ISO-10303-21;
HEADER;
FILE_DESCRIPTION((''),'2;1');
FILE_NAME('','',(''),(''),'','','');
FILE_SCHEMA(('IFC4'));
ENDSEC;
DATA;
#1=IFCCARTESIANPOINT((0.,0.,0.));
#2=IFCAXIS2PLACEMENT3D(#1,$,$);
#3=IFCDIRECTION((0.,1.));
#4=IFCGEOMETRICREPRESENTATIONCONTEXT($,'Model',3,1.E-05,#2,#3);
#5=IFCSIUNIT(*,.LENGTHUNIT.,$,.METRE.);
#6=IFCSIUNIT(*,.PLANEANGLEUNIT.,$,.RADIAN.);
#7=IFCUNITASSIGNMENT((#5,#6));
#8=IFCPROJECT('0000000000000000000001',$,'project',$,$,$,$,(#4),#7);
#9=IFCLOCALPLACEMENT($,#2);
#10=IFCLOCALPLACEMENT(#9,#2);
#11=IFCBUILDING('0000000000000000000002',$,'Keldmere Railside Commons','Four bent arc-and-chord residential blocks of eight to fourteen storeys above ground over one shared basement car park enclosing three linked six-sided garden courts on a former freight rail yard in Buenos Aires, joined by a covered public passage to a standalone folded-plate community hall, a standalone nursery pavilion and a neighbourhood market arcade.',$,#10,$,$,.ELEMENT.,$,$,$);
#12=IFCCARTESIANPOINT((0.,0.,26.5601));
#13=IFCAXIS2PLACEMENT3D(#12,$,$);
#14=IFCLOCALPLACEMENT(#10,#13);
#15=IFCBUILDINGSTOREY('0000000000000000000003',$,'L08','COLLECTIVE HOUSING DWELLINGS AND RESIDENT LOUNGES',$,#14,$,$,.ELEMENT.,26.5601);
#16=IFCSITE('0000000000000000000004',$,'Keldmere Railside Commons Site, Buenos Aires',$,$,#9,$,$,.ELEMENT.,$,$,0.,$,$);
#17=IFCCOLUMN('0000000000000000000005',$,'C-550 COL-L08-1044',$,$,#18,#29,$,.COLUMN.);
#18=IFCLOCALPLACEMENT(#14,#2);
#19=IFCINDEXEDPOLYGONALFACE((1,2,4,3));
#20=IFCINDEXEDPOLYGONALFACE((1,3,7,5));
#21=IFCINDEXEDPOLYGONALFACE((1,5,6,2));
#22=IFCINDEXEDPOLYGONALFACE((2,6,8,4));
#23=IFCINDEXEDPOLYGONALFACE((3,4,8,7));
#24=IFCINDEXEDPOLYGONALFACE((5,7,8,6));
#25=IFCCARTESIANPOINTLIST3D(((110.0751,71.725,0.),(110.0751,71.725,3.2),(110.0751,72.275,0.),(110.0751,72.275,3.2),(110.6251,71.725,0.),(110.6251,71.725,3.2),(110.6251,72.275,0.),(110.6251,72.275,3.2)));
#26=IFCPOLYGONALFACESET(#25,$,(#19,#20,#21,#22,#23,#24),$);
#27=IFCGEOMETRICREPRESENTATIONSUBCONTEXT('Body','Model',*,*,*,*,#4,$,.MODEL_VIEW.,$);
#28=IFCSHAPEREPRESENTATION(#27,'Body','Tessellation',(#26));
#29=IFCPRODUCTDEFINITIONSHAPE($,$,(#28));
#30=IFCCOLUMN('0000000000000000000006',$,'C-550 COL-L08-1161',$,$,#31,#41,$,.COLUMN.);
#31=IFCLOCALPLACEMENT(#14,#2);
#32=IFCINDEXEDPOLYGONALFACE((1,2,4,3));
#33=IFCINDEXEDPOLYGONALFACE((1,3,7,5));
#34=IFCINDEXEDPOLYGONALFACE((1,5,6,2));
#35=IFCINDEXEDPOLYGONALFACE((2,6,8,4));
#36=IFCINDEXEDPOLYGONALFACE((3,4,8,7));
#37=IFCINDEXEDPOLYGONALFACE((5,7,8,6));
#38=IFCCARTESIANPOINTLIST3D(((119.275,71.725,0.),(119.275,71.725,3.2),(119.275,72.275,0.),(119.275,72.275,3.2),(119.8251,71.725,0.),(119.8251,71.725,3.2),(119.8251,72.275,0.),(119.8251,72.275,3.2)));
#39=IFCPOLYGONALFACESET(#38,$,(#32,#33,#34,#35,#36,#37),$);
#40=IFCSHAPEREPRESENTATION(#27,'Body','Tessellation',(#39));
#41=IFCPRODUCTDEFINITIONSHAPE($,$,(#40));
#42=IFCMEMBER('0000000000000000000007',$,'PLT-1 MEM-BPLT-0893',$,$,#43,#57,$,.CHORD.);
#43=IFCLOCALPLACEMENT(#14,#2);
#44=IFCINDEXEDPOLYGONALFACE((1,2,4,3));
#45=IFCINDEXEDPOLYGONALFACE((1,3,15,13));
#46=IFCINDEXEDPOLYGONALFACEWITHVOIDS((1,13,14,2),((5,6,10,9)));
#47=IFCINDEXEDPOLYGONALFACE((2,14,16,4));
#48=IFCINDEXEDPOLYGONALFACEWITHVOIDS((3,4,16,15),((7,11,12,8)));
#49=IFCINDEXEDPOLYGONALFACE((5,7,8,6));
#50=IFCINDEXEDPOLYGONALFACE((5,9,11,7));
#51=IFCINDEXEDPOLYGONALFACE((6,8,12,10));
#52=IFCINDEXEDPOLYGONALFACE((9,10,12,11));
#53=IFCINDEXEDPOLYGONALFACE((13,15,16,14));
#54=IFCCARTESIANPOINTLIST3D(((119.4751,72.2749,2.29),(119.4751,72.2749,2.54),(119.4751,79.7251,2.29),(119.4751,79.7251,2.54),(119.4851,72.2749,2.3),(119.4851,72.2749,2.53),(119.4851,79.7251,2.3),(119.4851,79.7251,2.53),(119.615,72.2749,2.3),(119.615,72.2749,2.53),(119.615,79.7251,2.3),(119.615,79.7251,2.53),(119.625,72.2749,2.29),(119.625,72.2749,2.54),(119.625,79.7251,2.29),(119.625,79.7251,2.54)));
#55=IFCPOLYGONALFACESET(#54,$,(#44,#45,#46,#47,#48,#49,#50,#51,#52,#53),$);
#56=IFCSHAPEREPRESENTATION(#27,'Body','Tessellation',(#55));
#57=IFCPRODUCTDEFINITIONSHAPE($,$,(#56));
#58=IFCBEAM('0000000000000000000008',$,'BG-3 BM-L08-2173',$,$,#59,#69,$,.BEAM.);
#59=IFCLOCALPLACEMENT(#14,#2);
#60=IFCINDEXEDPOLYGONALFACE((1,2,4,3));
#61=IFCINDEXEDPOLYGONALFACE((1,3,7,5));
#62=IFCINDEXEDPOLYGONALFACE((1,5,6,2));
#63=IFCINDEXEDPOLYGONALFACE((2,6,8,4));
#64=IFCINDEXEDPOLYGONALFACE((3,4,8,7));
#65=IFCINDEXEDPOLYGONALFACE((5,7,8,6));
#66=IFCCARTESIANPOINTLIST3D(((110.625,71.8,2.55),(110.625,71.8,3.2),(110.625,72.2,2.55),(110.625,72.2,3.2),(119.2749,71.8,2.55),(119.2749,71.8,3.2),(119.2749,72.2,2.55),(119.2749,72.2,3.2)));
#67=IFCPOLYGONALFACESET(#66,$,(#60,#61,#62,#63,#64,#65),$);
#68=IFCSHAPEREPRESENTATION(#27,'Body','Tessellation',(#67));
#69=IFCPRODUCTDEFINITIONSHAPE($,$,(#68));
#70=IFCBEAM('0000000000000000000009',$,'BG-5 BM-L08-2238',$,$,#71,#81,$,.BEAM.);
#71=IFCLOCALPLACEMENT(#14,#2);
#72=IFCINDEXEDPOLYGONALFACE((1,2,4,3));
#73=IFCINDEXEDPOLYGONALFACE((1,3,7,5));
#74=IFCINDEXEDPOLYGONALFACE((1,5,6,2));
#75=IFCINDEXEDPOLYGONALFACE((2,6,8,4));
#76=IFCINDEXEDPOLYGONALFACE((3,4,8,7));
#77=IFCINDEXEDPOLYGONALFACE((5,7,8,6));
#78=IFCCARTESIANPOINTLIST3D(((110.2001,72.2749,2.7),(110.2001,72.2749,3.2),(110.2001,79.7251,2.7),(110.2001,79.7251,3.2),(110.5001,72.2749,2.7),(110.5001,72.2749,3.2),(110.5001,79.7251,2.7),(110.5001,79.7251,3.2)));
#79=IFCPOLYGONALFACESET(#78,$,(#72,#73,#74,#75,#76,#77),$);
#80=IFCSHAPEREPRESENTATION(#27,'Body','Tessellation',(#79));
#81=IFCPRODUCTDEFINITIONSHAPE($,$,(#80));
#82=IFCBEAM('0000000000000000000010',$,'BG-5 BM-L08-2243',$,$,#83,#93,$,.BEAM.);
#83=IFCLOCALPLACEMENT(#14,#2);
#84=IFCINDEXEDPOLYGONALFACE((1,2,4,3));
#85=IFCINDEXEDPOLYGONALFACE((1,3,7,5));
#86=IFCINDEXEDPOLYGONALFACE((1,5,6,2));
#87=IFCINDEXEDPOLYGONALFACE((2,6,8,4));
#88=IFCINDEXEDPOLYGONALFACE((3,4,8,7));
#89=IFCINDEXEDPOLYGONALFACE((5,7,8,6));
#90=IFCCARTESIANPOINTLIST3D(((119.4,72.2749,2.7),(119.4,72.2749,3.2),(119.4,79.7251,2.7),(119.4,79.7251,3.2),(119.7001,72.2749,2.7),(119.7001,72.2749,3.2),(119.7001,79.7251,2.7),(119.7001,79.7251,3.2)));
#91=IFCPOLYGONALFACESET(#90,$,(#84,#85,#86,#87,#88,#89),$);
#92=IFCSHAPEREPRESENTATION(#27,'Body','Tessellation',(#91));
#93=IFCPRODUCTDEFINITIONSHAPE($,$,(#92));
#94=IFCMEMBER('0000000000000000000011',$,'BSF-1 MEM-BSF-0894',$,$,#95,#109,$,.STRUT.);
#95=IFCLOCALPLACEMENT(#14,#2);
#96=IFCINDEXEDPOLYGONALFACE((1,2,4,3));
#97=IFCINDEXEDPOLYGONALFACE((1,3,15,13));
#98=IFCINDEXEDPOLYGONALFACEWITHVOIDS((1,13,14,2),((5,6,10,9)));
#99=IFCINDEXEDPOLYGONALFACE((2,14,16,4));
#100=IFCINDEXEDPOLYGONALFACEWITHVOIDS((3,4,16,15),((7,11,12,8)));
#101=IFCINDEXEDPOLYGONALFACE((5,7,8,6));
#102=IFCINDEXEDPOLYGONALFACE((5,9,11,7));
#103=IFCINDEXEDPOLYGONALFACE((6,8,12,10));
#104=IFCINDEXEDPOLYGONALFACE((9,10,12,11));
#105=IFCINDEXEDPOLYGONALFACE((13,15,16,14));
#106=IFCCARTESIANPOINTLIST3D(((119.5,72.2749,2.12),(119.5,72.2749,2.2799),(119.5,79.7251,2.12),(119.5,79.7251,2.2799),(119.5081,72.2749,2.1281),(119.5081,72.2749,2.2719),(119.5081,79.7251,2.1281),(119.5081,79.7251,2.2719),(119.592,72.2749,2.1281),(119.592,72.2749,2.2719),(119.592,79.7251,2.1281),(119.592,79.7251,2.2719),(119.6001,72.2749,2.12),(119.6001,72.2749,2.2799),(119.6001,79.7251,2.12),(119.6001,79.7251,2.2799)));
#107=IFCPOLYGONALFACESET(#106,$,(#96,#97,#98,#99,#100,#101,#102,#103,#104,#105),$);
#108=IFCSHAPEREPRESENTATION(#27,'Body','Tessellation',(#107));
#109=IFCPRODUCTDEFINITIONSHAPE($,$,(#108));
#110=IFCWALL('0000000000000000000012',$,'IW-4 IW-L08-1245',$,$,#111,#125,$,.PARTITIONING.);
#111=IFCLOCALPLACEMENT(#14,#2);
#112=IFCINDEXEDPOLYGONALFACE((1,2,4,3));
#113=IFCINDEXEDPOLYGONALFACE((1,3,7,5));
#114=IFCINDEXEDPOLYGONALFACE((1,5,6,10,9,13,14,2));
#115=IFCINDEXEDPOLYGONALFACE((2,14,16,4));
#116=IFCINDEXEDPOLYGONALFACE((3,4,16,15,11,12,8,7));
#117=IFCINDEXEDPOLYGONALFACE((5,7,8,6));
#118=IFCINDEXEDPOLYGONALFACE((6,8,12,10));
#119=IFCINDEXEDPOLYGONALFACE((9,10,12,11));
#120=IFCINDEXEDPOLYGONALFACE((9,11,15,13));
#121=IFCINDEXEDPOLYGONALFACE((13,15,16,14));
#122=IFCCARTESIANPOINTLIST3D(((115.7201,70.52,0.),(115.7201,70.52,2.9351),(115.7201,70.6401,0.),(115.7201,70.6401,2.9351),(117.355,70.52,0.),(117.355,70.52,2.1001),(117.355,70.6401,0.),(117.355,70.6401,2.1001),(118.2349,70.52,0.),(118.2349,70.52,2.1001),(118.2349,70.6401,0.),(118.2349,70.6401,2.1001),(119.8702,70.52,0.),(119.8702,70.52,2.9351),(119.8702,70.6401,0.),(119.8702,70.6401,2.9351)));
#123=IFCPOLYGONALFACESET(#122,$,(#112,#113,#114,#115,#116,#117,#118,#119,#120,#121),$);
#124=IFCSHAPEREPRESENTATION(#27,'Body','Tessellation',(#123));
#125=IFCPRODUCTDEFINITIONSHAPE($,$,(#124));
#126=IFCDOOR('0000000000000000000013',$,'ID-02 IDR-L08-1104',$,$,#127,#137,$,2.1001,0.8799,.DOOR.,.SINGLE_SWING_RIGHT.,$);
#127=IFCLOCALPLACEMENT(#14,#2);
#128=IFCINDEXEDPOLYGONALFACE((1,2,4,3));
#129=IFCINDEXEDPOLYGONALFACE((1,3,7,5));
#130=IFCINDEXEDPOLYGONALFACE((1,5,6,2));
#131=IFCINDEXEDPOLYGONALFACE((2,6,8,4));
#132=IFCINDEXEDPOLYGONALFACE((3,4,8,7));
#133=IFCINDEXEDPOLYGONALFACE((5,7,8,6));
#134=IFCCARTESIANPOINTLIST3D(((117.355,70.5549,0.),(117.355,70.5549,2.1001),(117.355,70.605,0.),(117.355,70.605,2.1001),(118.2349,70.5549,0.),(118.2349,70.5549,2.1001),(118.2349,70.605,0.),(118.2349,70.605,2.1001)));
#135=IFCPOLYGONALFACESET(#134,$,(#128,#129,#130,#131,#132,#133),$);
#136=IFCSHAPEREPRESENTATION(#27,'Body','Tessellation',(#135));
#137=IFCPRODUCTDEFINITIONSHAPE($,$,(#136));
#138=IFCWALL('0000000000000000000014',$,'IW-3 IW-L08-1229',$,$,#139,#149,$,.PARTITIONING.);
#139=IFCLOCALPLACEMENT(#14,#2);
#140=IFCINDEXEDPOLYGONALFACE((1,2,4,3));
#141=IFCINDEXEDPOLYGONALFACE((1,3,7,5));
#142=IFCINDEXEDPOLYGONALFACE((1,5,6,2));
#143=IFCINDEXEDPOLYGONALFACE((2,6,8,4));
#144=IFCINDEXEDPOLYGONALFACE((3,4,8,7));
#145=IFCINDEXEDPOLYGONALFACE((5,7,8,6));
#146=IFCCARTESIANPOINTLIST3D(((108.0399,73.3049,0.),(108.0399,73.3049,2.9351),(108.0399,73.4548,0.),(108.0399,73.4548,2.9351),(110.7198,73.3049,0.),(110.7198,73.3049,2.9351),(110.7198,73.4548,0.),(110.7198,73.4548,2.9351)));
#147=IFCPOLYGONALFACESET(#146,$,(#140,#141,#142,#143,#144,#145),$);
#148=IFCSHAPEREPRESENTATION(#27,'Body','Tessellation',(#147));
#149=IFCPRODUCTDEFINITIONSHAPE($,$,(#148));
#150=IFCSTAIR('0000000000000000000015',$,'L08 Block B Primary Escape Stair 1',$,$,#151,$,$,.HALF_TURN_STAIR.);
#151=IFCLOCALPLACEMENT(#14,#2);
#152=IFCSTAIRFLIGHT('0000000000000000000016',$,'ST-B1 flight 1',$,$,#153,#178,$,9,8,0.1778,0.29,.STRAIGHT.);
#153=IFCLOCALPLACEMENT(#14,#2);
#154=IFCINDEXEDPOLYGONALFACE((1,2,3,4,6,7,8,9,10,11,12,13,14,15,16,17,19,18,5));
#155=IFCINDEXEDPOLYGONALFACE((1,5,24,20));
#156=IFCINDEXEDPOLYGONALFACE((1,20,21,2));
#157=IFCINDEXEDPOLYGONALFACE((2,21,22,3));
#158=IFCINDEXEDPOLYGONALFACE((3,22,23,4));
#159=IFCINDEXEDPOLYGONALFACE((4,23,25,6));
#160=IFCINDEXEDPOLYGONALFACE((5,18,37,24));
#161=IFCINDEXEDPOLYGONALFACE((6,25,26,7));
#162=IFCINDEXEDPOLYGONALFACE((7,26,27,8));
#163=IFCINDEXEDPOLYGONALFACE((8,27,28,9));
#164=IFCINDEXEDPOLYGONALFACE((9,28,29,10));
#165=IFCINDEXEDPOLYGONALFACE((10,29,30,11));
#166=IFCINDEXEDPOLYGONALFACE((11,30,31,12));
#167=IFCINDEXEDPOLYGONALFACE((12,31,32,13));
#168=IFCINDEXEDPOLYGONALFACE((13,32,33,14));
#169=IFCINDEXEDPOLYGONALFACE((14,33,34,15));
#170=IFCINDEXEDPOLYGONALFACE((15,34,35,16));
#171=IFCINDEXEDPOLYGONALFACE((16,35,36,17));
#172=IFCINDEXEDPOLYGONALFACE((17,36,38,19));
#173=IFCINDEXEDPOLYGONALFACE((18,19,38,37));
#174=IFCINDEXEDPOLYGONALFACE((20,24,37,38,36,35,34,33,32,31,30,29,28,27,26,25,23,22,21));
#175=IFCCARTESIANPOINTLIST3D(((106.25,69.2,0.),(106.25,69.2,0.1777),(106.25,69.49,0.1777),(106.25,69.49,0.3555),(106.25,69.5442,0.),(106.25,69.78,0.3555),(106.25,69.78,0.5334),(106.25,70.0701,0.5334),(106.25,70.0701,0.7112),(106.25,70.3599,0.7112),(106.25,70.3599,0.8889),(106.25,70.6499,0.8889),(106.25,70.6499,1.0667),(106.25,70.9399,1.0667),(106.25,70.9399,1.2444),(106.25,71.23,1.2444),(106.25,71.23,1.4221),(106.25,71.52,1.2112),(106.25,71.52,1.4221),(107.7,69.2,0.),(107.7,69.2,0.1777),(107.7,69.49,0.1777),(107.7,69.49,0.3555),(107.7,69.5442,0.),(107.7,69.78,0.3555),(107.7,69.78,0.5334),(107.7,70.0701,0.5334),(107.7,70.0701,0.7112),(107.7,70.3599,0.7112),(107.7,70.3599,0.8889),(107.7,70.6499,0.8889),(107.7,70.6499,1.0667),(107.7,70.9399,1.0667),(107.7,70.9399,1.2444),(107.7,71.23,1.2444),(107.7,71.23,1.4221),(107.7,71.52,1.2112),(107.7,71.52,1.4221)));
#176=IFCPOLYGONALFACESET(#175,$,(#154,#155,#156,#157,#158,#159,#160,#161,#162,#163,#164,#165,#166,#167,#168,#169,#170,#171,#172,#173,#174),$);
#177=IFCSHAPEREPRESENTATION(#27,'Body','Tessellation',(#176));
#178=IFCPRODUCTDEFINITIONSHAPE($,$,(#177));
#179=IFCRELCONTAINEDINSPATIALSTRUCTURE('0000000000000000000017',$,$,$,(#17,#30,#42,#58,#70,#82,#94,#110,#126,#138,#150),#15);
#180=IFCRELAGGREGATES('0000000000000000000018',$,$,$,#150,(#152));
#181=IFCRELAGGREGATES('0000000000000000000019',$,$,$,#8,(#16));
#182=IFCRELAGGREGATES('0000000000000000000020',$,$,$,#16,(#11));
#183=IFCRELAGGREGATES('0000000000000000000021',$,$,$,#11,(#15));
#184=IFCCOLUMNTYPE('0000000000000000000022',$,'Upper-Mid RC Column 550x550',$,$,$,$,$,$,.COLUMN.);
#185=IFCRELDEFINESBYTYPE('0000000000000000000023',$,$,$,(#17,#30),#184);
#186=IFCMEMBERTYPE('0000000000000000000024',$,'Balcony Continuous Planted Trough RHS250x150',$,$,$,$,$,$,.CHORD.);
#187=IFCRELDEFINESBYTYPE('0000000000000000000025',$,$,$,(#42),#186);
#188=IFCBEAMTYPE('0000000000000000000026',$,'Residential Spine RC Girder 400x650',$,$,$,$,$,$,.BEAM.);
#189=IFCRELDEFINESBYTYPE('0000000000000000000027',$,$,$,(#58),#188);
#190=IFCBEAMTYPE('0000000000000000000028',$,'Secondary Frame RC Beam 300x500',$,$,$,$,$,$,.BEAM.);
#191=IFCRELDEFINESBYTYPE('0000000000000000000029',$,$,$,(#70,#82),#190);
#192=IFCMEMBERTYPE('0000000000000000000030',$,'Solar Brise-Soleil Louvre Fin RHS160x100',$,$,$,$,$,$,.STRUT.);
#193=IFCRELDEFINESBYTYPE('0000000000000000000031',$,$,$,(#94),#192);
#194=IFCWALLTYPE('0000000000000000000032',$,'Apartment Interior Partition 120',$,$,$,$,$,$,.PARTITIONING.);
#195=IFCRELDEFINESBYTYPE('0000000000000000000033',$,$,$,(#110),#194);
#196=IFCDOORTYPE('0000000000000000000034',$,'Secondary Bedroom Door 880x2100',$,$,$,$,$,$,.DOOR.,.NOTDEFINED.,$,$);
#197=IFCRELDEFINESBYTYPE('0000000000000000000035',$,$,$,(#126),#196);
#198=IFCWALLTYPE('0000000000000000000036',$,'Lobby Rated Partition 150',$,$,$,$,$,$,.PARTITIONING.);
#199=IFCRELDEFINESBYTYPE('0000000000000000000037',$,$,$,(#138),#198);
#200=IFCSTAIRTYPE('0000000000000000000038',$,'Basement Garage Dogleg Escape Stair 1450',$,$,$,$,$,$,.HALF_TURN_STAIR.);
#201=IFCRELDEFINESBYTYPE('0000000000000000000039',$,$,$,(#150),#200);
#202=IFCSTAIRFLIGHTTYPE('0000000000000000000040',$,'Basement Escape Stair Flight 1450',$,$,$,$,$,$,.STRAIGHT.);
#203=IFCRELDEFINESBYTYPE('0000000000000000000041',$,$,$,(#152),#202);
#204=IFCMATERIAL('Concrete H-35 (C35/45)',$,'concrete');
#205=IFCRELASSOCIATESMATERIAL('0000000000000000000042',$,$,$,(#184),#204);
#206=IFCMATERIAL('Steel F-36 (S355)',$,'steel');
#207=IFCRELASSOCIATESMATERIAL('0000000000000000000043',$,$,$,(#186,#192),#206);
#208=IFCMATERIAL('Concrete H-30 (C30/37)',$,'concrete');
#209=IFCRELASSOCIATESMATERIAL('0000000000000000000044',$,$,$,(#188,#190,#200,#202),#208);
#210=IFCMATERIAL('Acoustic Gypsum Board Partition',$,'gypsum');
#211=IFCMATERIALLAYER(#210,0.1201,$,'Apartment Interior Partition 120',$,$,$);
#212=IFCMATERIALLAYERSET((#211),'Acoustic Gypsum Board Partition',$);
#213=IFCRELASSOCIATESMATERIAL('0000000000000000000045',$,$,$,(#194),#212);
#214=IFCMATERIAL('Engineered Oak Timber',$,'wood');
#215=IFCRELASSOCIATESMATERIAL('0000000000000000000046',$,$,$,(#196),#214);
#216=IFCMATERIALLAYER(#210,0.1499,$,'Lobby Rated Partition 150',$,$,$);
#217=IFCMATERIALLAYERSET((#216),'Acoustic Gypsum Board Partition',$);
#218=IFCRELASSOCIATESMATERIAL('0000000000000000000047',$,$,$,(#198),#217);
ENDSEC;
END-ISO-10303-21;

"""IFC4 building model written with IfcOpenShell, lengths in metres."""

from ifc_helpers import new_model, si_unit, direction, frame, frame_2d, origin, origin_2d, place, context, subcontext, project, spatial, polyline, rectangle, hollow_rectangle, outline, extrude, material, layer, layer_set, material_profile, profile_set, type_object, element, fill, aggregate, save


model = new_model("IFC4")

# Units and contexts
model_context = context("Model", 3, precision=1e-05, world=origin(), true_north=direction((0.0, 1.0)))
body_context = subcontext(model_context, "Body", "Model", "MODEL_VIEW")
ifc_project = project(units=[si_unit("LENGTHUNIT", "METRE"), si_unit("PLANEANGLEUNIT", "RADIAN")], contexts=[model_context])

# Site, building, storey
site_placement = place(None, origin())
site = spatial("IfcSite", under=ifc_project, at=site_placement, Name="Keldmere Railside Commons Site, Buenos Aires", CompositionType="ELEMENT", RefElevation=0.0)
building_placement = place(site_placement, origin())
building = spatial("IfcBuilding", under=site, at=building_placement, Name="Keldmere Railside Commons", Description="Four bent arc-and-chord residential blocks of eight to fourteen storeys above ground over one shared basement car park enclosing three linked six-sided garden courts on a former freight rail yard in Buenos Aires, joined by a covered public passage to a standalone folded-plate community hall, a standalone nursery pavilion and a neighbourhood market arcade.", CompositionType="ELEMENT")
storey_placement = place(building_placement, frame((0.0, 0.0, 26.5601)))
storey = spatial("IfcBuildingStorey", under=building, at=storey_placement, Name="L08", Description="COLLECTIVE HOUSING DWELLINGS AND RESIDENT LOUNGES", CompositionType="ELEMENT", Elevation=26.5601)

# Columns
ifc_material_1 = material(Name="Concrete H-35 (C35/45)", Category="concrete")
ifc_material_profile_1 = material_profile(ifc_material_1, rectangle(XDim=0.55, YDim=0.55, at=origin_2d()), Name="RC-550x550")
ifc_profile_set_1 = profile_set([ifc_material_profile_1], Name="Concrete H-35 (C35/45)")
column_type = type_object("IfcColumnType", Name="Upper-Mid RC Column 550x550", PredefinedType="COLUMN", material=ifc_profile_set_1)
for number, where, z_axis, x_axis, name in (
    (1, (110.3501, 72.0, 0.0), (0.0, 0.0, 1.0), (1.0, 0.0, 0.0), "C-550 COL-L08-1044"),
    (2, (119.55, 72.0, 0.0), (0.0, 0.0, 1.0), (1.0, 0.0, 0.0), "C-550 COL-L08-1161"),
):
    element("IfcColumn", number, at=place(storey_placement, frame(where, z_axis=z_axis, x_axis=x_axis)), inside=storey, type_object=column_type, Name=name, PredefinedType="COLUMN", context=body_context, shape_type="SweptSolid", body=[
        extrude(rectangle(XDim=0.55, YDim=0.55, at=origin_2d()), origin(), (0.0, 0.0, 1.0), 3.2),
    ])

# Member
ifc_material_2 = material(Name="Steel F-36 (S355)", Category="steel")
ifc_material_profile_2 = material_profile(ifc_material_2, hollow_rectangle(XDim=0.1499, YDim=0.25, WallThickness=0.01, at=origin_2d()), Name="RHS-250x150x10")
ifc_profile_set_2 = profile_set([ifc_material_profile_2], Name="Steel F-36 (S355)")
member_type_1 = type_object("IfcMemberType", Name="Balcony Continuous Planted Trough RHS250x150", PredefinedType="CHORD", material=ifc_profile_set_2)
member_1_placement = place(storey_placement, frame((119.55, 72.2749, 2.415), z_axis=(0.0, 1.0, 0.0), x_axis=(-1.0, 0.0, 0.0)))
element("IfcMember", 3, at=member_1_placement, inside=storey, type_object=member_type_1, Name="PLT-1 MEM-BPLT-0893", PredefinedType="CHORD", context=body_context, shape_type="SweptSolid", body=[
    extrude(hollow_rectangle(XDim=0.1499, YDim=0.25, WallThickness=0.01, at=origin_2d()), origin(), (0.0, 0.0, 1.0), 7.4502),
])

# Beams
ifc_material_3 = material(Name="Concrete H-30 (C30/37)", Category="concrete")
ifc_material_profile_3 = material_profile(ifc_material_3, rectangle(XDim=0.3999, YDim=0.6499, at=origin_2d()), Name="RC-400x650")
ifc_profile_set_3 = profile_set([ifc_material_profile_3], Name="Concrete H-30 (C30/37)")
beam_type_1 = type_object("IfcBeamType", Name="Residential Spine RC Girder 400x650", PredefinedType="BEAM", material=ifc_profile_set_3)
beam_placement = place(storey_placement, frame((110.625, 72.0, 2.875), z_axis=(1.0, 0.0, 0.0), x_axis=(0.0, 1.0, 0.0)))
element("IfcBeam", 4, at=beam_placement, inside=storey, type_object=beam_type_1, Name="BG-3 BM-L08-2173", PredefinedType="BEAM", context=body_context, shape_type="SweptSolid", body=[
    extrude(rectangle(XDim=0.3999, YDim=0.6499, at=origin_2d()), origin(), (0.0, 0.0, 1.0), 8.6499),
])
ifc_material_profile_4 = material_profile(ifc_material_3, rectangle(XDim=0.3, YDim=0.5, at=origin_2d()), Name="RC-300x500")
ifc_profile_set_4 = profile_set([ifc_material_profile_4], Name="Concrete H-30 (C30/37)")
beam_type_2 = type_object("IfcBeamType", Name="Secondary Frame RC Beam 300x500", PredefinedType="BEAM", material=ifc_profile_set_4)
for number, where, z_axis, x_axis, name in (
    (5, (110.3501, 72.2749, 2.95), (0.0, 1.0, 0.0), (-1.0, 0.0, 0.0), "BG-5 BM-L08-2238"),
    (6, (119.55, 72.2749, 2.95), (0.0, 1.0, 0.0), (-1.0, 0.0, 0.0), "BG-5 BM-L08-2243"),
):
    element("IfcBeam", number, at=place(storey_placement, frame(where, z_axis=z_axis, x_axis=x_axis)), inside=storey, type_object=beam_type_2, Name=name, PredefinedType="BEAM", context=body_context, shape_type="SweptSolid", body=[
        extrude(rectangle(XDim=0.3, YDim=0.5, at=origin_2d()), origin(), (0.0, 0.0, 1.0), 7.4502),
    ])

# Member
ifc_material_profile_5 = material_profile(ifc_material_2, hollow_rectangle(XDim=0.1001, YDim=0.1599, WallThickness=0.0081, at=origin_2d()), Name="RHS-160x100x8")
ifc_profile_set_5 = profile_set([ifc_material_profile_5], Name="Steel F-36 (S355)")
member_type_2 = type_object("IfcMemberType", Name="Solar Brise-Soleil Louvre Fin RHS160x100", PredefinedType="STRUT", material=ifc_profile_set_5)
member_2_placement = place(storey_placement, frame((119.55, 72.2749, 2.2), z_axis=(0.0, 1.0, 0.0), x_axis=(-1.0, 0.0, 0.0)))
element("IfcMember", 7, at=member_2_placement, inside=storey, type_object=member_type_2, Name="BSF-1 MEM-BSF-0894", PredefinedType="STRUT", context=body_context, shape_type="SweptSolid", body=[
    extrude(hollow_rectangle(XDim=0.1001, YDim=0.1599, WallThickness=0.0081, at=origin_2d()), origin(), (0.0, 0.0, 1.0), 7.4502),
])

# Wall, opening, door
ifc_material_4 = material(Name="Acoustic Gypsum Board Partition", Category="gypsum")
ifc_layer_1 = layer(ifc_material_4, 0.1201, Name="Apartment Interior Partition 120")
ifc_layer_set_1 = layer_set([ifc_layer_1], Name="Acoustic Gypsum Board Partition")
wall_type_1 = type_object("IfcWallType", Name="Apartment Interior Partition 120", PredefinedType="PARTITIONING", material=ifc_layer_set_1)
wall_1_placement = place(storey_placement, frame((115.72, 70.5801, 0.0), z_axis=(0.0, 0.0, 1.0), x_axis=(1.0, 0.0, 0.0)))
wall_1 = element("IfcWall", 8, at=wall_1_placement, inside=storey, type_object=wall_type_1, Name="IW-4 IW-L08-1245", PredefinedType="PARTITIONING", context=body_context, shape_type="SweptSolid", body=[
    extrude(rectangle(XDim=4.1501, YDim=0.1201, at=frame_2d((2.0752, 0.0))), origin(), (0.0, 0.0, 1.0), 2.9351),
])
opening_1_placement = place(wall_1_placement, frame((1.635, 0.0, 0.0)))
opening_1 = element("IfcOpeningElement", 9, at=opening_1_placement, cuts=wall_1, PredefinedType="OPENING", context=body_context, shape_type="SweptSolid", body=[
    extrude(rectangle(XDim=0.8799, YDim=2.1001, at=frame_2d((0.4399, 1.05))), frame((0.0, 0.0701, 0.0), z_axis=(0.0, -1.0, 0.0), x_axis=(1.0, 0.0, 0.0)), (0.0, 0.0, 1.0), 0.1401),
])
ifc_material_5 = material(Name="Engineered Oak Timber", Category="wood")
door_type_1 = type_object("IfcDoorType", Name="Secondary Bedroom Door 880x2100", OperationType="NOTDEFINED", PredefinedType="DOOR", material=ifc_material_5)
door_1_placement = place(opening_1_placement, origin())
door_1 = element("IfcDoor", 10, at=door_1_placement, inside=storey, type_object=door_type_1, Name="ID-02 IDR-L08-1104", OperationType="SINGLE_SWING_RIGHT", OverallHeight=2.1001, OverallWidth=0.8799, PredefinedType="DOOR", context=body_context, shape_type="SweptSolid", body=[
    extrude(rectangle(XDim=0.8799, YDim=2.1001, at=frame_2d((0.4399, 1.05))), frame((0.0, 0.0249, 0.0), z_axis=(0.0, -1.0, 0.0), x_axis=(1.0, 0.0, 0.0)), (0.0, 0.0, 1.0), 0.05),
])
fill(opening_1, door_1)

# Wall
ifc_layer_2 = layer(ifc_material_4, 0.1499, Name="Lobby Rated Partition 150")
ifc_layer_set_2 = layer_set([ifc_layer_2], Name="Acoustic Gypsum Board Partition")
wall_type_2 = type_object("IfcWallType", Name="Lobby Rated Partition 150", PredefinedType="PARTITIONING", material=ifc_layer_set_2)
wall_2_placement = place(storey_placement, frame((108.04, 73.3799, 0.0), z_axis=(0.0, 0.0, 1.0), x_axis=(1.0, 0.0, 0.0)))
element("IfcWall", 11, at=wall_2_placement, inside=storey, type_object=wall_type_2, Name="IW-3 IW-L08-1229", PredefinedType="PARTITIONING", context=body_context, shape_type="SweptSolid", body=[
    extrude(rectangle(XDim=2.6799, YDim=0.1499, at=frame_2d((1.3398, 0.0))), origin(), (0.0, 0.0, 1.0), 2.9351),
])

# Stair, stair flight
stair_type = type_object("IfcStairType", Name="Basement Garage Dogleg Escape Stair 1450", PredefinedType="HALF_TURN_STAIR", material=ifc_material_3)
stair_placement = place(storey_placement, origin())
stair = element("IfcStair", 12, at=stair_placement, inside=storey, type_object=stair_type, Name="L08 Block B Primary Escape Stair 1", PredefinedType="HALF_TURN_STAIR")
stair_flight_type = type_object("IfcStairFlightType", Name="Basement Escape Stair Flight 1450", PredefinedType="STRAIGHT", material=ifc_material_3)
stair_flight_placement = place(storey_placement, frame((106.9751, 69.2, 0.0), z_axis=(0.0, 0.0, 1.0), x_axis=(0.0, 1.0, 0.0)))
stair_flight = element("IfcStairFlight", 13, at=stair_flight_placement, type_object=stair_flight_type, Name="ST-B1 flight 1", NumberOfRisers=9, NumberOfTreads=8, PredefinedType="STRAIGHT", RiserHeight=0.1778, TreadLength=0.29, context=body_context, shape_type="SweptSolid", body=[
    extrude(outline(polyline([(0.0, 0.0), (0.0, 0.1777), (0.29, 0.1777), (0.29, 0.3555), (0.5801, 0.3555), (0.5801, 0.5334), (0.8701, 0.5334), (0.8701, 0.7112), (1.1599, 0.7112), (1.1599, 0.8889), (1.45, 0.8889), (1.45, 1.0667), (1.74, 1.0667), (1.74, 1.2444), (2.03, 1.2444), (2.03, 1.4221), (2.3201, 1.4221), (2.3201, 1.6001), (2.3201, 1.2112), (0.3442, 0.0), (0.0, 0.0)])), frame((0.0, 0.7251, 0.0), z_axis=(0.0, -1.0, 0.0), x_axis=(1.0, 0.0, 0.0)), (0.0, 0.0, 1.0), 1.45),
])
aggregate(stair, [stair_flight])

save(model, "model.ifc")
